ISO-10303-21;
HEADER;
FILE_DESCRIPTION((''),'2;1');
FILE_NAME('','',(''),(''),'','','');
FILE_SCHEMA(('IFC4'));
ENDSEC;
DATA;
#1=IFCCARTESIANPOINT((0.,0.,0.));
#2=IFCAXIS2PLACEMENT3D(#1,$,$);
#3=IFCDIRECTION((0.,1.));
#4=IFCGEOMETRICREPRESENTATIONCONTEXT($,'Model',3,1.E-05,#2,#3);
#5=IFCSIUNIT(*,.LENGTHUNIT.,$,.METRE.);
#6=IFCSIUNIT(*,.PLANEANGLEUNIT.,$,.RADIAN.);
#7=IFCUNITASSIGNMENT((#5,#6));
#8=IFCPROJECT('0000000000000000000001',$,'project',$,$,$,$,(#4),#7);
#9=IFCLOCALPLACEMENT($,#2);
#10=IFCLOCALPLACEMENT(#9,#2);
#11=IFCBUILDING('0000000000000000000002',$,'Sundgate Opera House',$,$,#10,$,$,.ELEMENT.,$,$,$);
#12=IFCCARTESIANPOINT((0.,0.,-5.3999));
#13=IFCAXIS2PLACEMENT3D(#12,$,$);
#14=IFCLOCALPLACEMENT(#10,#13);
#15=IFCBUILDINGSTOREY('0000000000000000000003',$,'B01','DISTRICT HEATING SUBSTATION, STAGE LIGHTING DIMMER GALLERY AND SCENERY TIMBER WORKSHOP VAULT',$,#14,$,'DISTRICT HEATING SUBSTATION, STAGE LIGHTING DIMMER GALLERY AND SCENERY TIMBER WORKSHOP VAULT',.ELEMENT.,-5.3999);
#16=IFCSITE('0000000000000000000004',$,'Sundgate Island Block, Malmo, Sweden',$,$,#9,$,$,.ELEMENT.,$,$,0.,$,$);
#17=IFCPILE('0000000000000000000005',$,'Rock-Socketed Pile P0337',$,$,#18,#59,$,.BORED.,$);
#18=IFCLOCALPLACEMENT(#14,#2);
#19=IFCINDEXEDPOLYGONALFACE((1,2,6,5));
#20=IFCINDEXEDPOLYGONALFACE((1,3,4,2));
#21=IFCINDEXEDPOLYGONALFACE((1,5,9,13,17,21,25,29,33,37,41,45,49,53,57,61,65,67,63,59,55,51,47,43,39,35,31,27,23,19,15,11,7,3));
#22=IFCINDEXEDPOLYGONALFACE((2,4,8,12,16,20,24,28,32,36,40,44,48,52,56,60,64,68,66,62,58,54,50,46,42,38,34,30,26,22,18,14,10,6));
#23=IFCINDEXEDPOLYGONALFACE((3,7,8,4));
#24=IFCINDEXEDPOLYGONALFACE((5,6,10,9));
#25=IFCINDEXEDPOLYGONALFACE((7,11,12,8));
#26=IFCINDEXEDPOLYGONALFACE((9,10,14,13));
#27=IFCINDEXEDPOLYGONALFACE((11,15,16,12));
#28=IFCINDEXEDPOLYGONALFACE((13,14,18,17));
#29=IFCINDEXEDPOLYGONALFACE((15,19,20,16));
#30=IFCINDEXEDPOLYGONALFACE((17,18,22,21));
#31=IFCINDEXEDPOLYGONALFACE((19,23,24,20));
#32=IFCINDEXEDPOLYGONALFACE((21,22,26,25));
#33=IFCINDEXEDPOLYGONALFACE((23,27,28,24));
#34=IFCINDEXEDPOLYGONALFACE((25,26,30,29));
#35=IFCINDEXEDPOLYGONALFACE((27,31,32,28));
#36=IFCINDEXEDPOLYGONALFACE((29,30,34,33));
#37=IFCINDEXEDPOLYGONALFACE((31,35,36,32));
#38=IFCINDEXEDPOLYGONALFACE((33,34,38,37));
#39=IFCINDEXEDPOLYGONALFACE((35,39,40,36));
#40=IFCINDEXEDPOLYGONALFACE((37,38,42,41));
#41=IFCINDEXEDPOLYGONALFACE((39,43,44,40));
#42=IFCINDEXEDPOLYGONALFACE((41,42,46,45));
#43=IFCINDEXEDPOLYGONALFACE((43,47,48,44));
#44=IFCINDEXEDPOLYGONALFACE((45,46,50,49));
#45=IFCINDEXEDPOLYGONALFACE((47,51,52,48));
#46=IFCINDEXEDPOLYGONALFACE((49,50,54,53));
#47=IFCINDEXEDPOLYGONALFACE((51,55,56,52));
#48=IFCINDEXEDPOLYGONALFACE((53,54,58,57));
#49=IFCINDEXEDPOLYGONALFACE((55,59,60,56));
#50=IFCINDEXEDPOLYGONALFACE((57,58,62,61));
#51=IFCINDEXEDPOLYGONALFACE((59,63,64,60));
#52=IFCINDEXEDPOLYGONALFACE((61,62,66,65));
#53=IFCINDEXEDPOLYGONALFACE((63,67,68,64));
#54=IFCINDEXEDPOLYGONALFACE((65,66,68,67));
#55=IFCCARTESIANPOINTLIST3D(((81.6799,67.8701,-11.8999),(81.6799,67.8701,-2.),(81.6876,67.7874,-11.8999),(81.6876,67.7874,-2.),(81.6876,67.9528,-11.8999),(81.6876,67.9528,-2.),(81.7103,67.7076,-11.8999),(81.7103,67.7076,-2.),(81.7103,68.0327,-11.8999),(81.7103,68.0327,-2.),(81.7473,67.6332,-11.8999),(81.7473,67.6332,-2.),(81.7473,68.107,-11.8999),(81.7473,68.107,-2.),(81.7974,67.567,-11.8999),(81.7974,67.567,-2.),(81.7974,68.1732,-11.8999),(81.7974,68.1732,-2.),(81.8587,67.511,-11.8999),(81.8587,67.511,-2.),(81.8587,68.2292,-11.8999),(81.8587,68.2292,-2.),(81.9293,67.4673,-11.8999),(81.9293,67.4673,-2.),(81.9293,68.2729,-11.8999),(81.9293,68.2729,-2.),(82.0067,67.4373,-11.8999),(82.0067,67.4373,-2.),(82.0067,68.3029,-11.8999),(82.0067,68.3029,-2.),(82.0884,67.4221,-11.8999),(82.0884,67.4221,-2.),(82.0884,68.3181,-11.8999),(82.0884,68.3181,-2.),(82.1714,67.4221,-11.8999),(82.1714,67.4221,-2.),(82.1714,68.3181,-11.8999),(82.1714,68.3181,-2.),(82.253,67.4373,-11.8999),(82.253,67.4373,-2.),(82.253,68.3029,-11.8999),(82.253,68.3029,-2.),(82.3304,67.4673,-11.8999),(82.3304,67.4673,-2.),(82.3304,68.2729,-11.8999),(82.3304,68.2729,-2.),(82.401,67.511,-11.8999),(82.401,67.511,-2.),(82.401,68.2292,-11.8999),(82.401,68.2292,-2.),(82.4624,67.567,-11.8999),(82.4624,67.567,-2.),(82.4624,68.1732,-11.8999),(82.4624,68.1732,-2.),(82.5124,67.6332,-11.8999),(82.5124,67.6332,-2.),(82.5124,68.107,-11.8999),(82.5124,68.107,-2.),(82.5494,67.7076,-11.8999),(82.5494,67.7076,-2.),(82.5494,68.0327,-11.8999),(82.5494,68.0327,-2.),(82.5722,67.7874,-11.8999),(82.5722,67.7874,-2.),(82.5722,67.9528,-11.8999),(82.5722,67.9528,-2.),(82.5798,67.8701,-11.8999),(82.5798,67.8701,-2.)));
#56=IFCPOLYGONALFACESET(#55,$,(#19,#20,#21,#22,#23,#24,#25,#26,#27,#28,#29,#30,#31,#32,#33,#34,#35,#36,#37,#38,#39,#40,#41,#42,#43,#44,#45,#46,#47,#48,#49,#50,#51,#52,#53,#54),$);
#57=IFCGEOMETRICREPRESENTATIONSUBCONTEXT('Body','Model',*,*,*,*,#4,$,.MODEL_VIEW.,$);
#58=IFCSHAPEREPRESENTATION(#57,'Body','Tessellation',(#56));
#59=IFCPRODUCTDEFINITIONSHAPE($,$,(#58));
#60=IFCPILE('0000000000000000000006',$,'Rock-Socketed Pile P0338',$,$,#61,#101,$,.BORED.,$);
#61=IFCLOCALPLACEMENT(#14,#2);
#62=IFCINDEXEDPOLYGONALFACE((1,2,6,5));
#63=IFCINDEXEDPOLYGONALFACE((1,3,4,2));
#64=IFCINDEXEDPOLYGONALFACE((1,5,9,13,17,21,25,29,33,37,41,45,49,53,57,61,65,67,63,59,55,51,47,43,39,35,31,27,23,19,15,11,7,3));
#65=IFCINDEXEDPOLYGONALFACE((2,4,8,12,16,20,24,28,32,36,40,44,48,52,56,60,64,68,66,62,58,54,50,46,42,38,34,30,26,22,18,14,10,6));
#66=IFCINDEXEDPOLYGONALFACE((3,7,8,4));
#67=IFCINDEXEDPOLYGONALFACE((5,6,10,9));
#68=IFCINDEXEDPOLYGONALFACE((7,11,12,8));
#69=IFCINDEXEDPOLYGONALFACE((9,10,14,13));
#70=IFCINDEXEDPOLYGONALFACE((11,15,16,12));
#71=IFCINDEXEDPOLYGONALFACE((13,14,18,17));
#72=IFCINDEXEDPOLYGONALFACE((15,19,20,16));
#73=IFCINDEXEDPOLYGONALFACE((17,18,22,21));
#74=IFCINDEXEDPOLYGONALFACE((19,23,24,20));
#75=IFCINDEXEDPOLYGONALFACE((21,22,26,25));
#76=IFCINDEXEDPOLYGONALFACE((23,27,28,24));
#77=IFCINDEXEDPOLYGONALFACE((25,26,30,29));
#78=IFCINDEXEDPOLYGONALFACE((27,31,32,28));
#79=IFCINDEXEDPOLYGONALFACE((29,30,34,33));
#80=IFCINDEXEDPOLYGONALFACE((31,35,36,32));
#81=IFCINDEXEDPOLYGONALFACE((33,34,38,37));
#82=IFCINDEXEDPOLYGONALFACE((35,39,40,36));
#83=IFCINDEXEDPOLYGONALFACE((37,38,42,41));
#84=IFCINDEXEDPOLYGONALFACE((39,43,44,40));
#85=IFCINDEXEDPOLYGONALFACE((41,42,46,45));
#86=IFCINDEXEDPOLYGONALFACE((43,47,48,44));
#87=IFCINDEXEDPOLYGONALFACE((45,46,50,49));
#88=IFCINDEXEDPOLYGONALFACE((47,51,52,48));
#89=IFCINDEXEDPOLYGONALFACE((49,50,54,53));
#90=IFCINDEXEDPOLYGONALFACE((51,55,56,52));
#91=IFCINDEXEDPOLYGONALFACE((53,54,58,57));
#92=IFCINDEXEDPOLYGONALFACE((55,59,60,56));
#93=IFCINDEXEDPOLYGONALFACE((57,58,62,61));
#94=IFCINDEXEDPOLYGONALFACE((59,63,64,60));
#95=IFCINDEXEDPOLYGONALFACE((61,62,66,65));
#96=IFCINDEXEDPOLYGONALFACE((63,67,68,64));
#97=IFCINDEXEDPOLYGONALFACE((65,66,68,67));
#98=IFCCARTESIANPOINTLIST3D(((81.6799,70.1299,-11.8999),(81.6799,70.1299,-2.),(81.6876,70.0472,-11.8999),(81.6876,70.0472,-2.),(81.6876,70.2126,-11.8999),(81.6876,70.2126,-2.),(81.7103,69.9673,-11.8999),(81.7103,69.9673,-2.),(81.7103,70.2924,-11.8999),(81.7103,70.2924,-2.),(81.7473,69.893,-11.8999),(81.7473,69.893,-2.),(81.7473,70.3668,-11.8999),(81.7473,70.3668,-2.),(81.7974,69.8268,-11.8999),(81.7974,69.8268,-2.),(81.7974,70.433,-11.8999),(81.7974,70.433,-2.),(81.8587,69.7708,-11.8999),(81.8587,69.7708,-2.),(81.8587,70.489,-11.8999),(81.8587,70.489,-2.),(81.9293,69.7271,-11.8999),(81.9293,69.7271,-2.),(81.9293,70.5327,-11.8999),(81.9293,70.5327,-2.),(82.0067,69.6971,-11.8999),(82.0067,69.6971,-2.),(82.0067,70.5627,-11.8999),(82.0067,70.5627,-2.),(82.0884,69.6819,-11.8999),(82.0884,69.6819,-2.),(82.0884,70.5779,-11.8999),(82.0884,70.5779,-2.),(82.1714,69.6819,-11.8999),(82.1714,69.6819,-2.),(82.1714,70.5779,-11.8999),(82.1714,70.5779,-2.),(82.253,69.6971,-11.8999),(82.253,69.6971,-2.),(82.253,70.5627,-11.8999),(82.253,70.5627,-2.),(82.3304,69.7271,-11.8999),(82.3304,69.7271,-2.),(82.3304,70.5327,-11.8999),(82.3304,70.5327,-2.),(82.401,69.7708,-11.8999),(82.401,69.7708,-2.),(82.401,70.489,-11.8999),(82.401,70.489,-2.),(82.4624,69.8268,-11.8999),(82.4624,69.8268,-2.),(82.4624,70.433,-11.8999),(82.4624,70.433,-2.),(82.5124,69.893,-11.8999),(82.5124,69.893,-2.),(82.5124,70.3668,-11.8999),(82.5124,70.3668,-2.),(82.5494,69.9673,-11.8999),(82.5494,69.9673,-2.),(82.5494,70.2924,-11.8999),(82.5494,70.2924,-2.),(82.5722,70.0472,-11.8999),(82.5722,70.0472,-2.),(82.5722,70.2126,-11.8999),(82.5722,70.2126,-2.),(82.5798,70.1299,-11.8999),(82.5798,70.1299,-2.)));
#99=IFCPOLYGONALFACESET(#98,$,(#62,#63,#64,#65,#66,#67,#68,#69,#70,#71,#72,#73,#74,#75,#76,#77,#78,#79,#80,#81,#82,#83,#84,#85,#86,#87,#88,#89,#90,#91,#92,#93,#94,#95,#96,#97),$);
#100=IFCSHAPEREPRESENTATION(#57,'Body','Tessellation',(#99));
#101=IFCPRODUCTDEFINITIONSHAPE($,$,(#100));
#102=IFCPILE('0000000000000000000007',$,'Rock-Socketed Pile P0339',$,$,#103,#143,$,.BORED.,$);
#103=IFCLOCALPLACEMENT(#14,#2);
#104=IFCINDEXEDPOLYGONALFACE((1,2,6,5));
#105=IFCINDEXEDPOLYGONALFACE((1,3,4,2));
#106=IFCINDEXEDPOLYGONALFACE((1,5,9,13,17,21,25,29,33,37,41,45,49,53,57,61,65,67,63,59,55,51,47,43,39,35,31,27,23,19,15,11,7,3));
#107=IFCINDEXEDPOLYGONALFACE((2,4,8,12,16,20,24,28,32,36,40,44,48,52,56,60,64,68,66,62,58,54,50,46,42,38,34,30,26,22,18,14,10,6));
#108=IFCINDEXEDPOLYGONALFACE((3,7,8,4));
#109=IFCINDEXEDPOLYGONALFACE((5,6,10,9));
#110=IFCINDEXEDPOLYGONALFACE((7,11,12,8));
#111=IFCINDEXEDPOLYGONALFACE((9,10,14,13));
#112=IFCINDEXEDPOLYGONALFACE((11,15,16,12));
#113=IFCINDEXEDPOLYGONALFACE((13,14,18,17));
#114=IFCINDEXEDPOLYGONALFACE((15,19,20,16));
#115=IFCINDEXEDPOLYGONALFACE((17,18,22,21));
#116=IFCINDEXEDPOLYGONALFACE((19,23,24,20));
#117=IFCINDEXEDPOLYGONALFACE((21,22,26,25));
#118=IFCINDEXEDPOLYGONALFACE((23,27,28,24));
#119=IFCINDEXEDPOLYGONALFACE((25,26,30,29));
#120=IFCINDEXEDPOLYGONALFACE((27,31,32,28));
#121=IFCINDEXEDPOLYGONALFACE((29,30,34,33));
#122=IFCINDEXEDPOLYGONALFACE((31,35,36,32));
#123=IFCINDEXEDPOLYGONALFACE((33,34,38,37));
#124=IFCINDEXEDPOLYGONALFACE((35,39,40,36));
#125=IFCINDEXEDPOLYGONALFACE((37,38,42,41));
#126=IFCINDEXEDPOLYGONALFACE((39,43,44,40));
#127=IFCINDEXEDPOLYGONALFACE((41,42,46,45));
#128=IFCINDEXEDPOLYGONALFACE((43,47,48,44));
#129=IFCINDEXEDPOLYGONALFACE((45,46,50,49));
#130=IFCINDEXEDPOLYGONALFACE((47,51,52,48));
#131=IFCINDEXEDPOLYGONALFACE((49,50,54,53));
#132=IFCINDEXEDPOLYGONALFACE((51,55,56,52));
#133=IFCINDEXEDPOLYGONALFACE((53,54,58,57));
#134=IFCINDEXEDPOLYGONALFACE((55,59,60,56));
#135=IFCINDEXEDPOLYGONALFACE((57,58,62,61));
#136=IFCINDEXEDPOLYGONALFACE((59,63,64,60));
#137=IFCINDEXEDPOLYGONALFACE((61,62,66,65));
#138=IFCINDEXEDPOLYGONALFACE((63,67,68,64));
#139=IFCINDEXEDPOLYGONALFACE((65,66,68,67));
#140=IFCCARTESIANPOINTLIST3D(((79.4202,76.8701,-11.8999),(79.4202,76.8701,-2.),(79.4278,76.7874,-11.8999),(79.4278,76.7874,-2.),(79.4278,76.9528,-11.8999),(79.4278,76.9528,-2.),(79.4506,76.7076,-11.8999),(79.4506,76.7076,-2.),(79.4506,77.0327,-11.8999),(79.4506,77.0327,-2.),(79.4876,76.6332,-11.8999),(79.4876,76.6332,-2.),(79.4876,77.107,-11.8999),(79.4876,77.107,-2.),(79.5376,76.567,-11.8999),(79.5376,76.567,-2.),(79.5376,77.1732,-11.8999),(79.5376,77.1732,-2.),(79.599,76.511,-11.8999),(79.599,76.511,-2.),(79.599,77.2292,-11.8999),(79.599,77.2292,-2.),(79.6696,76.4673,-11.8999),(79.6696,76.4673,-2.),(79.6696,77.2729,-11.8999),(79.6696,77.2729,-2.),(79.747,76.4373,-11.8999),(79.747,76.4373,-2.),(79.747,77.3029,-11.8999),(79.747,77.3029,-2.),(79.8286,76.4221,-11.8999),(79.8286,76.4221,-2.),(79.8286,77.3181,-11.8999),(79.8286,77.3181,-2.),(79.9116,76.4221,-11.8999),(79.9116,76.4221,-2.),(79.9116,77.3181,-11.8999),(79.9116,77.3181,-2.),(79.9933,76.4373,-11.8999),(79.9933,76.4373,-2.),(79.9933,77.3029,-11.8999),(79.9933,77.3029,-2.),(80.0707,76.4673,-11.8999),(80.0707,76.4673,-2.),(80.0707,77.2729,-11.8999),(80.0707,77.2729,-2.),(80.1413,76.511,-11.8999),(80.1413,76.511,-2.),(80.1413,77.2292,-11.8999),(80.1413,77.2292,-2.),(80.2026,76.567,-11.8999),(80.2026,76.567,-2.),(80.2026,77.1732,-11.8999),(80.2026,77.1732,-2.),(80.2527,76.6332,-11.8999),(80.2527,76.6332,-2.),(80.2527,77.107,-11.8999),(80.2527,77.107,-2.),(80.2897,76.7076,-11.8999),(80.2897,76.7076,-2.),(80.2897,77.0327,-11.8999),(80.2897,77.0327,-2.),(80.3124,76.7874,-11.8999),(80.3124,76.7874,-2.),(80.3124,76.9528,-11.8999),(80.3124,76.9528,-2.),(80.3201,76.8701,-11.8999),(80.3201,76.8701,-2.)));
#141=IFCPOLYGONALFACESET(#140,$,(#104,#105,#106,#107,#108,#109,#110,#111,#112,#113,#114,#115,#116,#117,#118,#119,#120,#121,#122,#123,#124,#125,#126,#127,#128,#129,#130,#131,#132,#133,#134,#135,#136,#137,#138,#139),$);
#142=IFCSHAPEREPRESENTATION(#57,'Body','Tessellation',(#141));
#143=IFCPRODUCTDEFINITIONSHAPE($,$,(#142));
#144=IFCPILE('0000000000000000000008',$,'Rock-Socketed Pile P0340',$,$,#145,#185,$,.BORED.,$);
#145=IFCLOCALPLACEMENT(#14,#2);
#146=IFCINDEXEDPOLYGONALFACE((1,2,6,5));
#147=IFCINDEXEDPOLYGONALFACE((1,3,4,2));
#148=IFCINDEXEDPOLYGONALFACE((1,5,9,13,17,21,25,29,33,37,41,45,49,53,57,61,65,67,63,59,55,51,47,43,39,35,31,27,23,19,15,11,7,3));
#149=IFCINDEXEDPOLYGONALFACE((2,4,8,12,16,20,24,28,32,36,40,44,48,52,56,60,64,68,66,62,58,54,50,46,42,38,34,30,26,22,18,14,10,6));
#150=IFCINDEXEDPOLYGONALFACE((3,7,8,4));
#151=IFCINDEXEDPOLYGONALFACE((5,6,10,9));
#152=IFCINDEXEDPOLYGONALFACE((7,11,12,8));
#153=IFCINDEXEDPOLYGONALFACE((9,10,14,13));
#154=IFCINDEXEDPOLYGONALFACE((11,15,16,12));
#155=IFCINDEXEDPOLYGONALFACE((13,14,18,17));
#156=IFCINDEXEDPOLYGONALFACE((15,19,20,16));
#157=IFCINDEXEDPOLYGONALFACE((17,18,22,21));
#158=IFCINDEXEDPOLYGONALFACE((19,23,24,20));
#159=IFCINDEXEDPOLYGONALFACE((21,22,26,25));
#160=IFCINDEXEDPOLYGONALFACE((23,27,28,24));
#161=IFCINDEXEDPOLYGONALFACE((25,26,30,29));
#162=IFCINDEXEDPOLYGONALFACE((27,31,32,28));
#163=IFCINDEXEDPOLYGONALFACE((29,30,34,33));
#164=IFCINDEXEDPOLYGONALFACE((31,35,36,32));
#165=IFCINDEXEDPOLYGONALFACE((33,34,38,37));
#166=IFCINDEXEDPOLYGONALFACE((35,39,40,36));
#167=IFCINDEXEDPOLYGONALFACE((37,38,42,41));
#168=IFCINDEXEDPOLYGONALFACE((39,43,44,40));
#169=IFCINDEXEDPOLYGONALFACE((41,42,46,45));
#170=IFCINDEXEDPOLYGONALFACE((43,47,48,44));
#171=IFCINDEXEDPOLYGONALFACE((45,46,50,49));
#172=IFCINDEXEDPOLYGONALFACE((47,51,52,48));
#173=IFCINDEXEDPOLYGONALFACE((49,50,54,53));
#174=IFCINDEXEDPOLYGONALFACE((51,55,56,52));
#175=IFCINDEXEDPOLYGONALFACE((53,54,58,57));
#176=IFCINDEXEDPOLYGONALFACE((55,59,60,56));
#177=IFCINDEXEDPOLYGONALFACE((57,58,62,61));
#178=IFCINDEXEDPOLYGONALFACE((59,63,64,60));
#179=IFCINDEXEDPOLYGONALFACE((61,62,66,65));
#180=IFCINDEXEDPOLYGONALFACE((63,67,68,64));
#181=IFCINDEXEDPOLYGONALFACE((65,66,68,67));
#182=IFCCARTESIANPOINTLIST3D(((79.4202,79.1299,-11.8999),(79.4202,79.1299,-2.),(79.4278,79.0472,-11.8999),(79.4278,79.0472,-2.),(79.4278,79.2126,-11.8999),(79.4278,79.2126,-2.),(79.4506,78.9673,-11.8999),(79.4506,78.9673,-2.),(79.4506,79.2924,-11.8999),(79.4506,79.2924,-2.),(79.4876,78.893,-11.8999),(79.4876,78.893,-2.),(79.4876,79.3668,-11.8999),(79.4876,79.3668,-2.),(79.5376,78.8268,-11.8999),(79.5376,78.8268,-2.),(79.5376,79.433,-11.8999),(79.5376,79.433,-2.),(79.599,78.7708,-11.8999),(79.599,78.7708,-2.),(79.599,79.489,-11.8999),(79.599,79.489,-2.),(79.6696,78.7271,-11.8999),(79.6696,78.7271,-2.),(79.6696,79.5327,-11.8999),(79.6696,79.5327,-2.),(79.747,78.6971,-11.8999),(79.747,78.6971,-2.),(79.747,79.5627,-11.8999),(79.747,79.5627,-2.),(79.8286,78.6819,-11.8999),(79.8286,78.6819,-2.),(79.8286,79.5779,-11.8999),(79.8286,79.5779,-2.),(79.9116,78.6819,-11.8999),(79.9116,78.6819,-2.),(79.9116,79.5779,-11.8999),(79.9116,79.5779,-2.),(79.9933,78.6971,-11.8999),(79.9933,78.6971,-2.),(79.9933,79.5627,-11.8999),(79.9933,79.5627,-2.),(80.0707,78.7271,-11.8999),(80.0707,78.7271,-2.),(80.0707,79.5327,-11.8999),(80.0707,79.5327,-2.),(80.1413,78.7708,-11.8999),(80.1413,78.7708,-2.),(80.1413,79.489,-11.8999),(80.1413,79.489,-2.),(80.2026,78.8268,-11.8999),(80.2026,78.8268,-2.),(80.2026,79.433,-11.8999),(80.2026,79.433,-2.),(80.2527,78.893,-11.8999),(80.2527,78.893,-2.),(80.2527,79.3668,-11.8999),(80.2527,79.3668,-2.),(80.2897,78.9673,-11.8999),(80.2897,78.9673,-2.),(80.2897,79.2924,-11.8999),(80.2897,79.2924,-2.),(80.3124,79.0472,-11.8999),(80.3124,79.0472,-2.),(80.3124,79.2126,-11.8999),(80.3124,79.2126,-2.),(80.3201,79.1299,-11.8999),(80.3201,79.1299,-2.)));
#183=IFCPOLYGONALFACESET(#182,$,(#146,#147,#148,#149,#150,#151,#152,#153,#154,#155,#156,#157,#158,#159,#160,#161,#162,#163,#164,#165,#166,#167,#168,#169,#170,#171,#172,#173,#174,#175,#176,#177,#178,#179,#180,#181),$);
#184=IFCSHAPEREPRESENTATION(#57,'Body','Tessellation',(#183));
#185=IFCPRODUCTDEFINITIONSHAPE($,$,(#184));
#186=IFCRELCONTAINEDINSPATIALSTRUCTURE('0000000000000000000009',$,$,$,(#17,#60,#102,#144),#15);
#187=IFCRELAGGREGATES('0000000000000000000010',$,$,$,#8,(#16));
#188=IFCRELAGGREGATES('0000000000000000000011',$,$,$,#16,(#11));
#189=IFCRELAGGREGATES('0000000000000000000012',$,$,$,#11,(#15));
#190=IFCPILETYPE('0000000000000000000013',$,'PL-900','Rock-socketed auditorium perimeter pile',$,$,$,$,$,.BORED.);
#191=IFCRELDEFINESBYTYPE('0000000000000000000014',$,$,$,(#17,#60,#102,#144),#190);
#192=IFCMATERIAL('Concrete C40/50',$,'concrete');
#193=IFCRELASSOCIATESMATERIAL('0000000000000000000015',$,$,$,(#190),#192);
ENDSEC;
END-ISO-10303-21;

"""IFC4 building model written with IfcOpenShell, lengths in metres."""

from ifc_helpers import new_model, si_unit, direction, frame, origin, origin_2d, place, context, subcontext, project, spatial, circle, extrude, material, material_profile, profile_set, type_object, element, save


model = new_model("IFC4")

# Units and contexts
model_context = context("Model", 3, precision=1e-05, world=origin(), true_north=direction((0.0, 1.0)))
body_context = subcontext(model_context, "Body", "Model", "MODEL_VIEW")
ifc_project = project(units=[si_unit("LENGTHUNIT", "METRE"), si_unit("PLANEANGLEUNIT", "RADIAN")], contexts=[model_context])

# Site, building, storey
site_placement = place(None, origin())
site = spatial("IfcSite", under=ifc_project, at=site_placement, Name="Sundgate Island Block, Malmo, Sweden", CompositionType="ELEMENT", RefElevation=0.0)
building_placement = place(site_placement, origin())
building = spatial("IfcBuilding", under=site, at=building_placement, Name="Sundgate Opera House", CompositionType="ELEMENT")
storey_placement = place(building_placement, frame((0.0, 0.0, -5.3999)))
storey = spatial("IfcBuildingStorey", under=building, at=storey_placement, Name="B01", Description="DISTRICT HEATING SUBSTATION, STAGE LIGHTING DIMMER GALLERY AND SCENERY TIMBER WORKSHOP VAULT", LongName="DISTRICT HEATING SUBSTATION, STAGE LIGHTING DIMMER GALLERY AND SCENERY TIMBER WORKSHOP VAULT", CompositionType="ELEMENT", Elevation=-5.3999)

# Piles
ifc_material_1 = material(Name="Concrete C40/50", Category="concrete")
ifc_material_profile_1 = material_profile(ifc_material_1, circle(Radius=0.45, at=origin_2d()), Name="PILE D900")
ifc_profile_set_1 = profile_set([ifc_material_profile_1], Name="Concrete C40/50")
pile_type_1 = type_object("IfcPileType", Name="PL-900", Description="Rock-socketed auditorium perimeter pile", PredefinedType="BORED", material=ifc_profile_set_1)
for number, where, z_axis, x_axis, name in (
    (1, (82.1299, 67.8701, -2.0), (0.0, 0.0, -1.0), (1.0, 0.0, 0.0), "Rock-Socketed Pile P0337"),
    (2, (82.1299, 70.1299, -2.0), (0.0, 0.0, -1.0), (1.0, 0.0, 0.0), "Rock-Socketed Pile P0338"),
    (3, (79.8701, 76.8701, -2.0), (0.0, 0.0, -1.0), (1.0, 0.0, 0.0), "Rock-Socketed Pile P0339"),
    (4, (79.8701, 79.1299, -2.0), (0.0, 0.0, -1.0), (1.0, 0.0, 0.0), "Rock-Socketed Pile P0340"),
):
    element("IfcPile", number, at=place(storey_placement, frame(where, z_axis=z_axis, x_axis=x_axis)), inside=storey, type_object=pile_type_1, Name=name, PredefinedType="BORED", context=body_context, shape_type="SweptSolid", body=[
        extrude(circle(Radius=0.45, at=origin_2d()), origin(), (0.0, 0.0, 1.0), 9.8999),
    ])

save(model, "model.ifc")
